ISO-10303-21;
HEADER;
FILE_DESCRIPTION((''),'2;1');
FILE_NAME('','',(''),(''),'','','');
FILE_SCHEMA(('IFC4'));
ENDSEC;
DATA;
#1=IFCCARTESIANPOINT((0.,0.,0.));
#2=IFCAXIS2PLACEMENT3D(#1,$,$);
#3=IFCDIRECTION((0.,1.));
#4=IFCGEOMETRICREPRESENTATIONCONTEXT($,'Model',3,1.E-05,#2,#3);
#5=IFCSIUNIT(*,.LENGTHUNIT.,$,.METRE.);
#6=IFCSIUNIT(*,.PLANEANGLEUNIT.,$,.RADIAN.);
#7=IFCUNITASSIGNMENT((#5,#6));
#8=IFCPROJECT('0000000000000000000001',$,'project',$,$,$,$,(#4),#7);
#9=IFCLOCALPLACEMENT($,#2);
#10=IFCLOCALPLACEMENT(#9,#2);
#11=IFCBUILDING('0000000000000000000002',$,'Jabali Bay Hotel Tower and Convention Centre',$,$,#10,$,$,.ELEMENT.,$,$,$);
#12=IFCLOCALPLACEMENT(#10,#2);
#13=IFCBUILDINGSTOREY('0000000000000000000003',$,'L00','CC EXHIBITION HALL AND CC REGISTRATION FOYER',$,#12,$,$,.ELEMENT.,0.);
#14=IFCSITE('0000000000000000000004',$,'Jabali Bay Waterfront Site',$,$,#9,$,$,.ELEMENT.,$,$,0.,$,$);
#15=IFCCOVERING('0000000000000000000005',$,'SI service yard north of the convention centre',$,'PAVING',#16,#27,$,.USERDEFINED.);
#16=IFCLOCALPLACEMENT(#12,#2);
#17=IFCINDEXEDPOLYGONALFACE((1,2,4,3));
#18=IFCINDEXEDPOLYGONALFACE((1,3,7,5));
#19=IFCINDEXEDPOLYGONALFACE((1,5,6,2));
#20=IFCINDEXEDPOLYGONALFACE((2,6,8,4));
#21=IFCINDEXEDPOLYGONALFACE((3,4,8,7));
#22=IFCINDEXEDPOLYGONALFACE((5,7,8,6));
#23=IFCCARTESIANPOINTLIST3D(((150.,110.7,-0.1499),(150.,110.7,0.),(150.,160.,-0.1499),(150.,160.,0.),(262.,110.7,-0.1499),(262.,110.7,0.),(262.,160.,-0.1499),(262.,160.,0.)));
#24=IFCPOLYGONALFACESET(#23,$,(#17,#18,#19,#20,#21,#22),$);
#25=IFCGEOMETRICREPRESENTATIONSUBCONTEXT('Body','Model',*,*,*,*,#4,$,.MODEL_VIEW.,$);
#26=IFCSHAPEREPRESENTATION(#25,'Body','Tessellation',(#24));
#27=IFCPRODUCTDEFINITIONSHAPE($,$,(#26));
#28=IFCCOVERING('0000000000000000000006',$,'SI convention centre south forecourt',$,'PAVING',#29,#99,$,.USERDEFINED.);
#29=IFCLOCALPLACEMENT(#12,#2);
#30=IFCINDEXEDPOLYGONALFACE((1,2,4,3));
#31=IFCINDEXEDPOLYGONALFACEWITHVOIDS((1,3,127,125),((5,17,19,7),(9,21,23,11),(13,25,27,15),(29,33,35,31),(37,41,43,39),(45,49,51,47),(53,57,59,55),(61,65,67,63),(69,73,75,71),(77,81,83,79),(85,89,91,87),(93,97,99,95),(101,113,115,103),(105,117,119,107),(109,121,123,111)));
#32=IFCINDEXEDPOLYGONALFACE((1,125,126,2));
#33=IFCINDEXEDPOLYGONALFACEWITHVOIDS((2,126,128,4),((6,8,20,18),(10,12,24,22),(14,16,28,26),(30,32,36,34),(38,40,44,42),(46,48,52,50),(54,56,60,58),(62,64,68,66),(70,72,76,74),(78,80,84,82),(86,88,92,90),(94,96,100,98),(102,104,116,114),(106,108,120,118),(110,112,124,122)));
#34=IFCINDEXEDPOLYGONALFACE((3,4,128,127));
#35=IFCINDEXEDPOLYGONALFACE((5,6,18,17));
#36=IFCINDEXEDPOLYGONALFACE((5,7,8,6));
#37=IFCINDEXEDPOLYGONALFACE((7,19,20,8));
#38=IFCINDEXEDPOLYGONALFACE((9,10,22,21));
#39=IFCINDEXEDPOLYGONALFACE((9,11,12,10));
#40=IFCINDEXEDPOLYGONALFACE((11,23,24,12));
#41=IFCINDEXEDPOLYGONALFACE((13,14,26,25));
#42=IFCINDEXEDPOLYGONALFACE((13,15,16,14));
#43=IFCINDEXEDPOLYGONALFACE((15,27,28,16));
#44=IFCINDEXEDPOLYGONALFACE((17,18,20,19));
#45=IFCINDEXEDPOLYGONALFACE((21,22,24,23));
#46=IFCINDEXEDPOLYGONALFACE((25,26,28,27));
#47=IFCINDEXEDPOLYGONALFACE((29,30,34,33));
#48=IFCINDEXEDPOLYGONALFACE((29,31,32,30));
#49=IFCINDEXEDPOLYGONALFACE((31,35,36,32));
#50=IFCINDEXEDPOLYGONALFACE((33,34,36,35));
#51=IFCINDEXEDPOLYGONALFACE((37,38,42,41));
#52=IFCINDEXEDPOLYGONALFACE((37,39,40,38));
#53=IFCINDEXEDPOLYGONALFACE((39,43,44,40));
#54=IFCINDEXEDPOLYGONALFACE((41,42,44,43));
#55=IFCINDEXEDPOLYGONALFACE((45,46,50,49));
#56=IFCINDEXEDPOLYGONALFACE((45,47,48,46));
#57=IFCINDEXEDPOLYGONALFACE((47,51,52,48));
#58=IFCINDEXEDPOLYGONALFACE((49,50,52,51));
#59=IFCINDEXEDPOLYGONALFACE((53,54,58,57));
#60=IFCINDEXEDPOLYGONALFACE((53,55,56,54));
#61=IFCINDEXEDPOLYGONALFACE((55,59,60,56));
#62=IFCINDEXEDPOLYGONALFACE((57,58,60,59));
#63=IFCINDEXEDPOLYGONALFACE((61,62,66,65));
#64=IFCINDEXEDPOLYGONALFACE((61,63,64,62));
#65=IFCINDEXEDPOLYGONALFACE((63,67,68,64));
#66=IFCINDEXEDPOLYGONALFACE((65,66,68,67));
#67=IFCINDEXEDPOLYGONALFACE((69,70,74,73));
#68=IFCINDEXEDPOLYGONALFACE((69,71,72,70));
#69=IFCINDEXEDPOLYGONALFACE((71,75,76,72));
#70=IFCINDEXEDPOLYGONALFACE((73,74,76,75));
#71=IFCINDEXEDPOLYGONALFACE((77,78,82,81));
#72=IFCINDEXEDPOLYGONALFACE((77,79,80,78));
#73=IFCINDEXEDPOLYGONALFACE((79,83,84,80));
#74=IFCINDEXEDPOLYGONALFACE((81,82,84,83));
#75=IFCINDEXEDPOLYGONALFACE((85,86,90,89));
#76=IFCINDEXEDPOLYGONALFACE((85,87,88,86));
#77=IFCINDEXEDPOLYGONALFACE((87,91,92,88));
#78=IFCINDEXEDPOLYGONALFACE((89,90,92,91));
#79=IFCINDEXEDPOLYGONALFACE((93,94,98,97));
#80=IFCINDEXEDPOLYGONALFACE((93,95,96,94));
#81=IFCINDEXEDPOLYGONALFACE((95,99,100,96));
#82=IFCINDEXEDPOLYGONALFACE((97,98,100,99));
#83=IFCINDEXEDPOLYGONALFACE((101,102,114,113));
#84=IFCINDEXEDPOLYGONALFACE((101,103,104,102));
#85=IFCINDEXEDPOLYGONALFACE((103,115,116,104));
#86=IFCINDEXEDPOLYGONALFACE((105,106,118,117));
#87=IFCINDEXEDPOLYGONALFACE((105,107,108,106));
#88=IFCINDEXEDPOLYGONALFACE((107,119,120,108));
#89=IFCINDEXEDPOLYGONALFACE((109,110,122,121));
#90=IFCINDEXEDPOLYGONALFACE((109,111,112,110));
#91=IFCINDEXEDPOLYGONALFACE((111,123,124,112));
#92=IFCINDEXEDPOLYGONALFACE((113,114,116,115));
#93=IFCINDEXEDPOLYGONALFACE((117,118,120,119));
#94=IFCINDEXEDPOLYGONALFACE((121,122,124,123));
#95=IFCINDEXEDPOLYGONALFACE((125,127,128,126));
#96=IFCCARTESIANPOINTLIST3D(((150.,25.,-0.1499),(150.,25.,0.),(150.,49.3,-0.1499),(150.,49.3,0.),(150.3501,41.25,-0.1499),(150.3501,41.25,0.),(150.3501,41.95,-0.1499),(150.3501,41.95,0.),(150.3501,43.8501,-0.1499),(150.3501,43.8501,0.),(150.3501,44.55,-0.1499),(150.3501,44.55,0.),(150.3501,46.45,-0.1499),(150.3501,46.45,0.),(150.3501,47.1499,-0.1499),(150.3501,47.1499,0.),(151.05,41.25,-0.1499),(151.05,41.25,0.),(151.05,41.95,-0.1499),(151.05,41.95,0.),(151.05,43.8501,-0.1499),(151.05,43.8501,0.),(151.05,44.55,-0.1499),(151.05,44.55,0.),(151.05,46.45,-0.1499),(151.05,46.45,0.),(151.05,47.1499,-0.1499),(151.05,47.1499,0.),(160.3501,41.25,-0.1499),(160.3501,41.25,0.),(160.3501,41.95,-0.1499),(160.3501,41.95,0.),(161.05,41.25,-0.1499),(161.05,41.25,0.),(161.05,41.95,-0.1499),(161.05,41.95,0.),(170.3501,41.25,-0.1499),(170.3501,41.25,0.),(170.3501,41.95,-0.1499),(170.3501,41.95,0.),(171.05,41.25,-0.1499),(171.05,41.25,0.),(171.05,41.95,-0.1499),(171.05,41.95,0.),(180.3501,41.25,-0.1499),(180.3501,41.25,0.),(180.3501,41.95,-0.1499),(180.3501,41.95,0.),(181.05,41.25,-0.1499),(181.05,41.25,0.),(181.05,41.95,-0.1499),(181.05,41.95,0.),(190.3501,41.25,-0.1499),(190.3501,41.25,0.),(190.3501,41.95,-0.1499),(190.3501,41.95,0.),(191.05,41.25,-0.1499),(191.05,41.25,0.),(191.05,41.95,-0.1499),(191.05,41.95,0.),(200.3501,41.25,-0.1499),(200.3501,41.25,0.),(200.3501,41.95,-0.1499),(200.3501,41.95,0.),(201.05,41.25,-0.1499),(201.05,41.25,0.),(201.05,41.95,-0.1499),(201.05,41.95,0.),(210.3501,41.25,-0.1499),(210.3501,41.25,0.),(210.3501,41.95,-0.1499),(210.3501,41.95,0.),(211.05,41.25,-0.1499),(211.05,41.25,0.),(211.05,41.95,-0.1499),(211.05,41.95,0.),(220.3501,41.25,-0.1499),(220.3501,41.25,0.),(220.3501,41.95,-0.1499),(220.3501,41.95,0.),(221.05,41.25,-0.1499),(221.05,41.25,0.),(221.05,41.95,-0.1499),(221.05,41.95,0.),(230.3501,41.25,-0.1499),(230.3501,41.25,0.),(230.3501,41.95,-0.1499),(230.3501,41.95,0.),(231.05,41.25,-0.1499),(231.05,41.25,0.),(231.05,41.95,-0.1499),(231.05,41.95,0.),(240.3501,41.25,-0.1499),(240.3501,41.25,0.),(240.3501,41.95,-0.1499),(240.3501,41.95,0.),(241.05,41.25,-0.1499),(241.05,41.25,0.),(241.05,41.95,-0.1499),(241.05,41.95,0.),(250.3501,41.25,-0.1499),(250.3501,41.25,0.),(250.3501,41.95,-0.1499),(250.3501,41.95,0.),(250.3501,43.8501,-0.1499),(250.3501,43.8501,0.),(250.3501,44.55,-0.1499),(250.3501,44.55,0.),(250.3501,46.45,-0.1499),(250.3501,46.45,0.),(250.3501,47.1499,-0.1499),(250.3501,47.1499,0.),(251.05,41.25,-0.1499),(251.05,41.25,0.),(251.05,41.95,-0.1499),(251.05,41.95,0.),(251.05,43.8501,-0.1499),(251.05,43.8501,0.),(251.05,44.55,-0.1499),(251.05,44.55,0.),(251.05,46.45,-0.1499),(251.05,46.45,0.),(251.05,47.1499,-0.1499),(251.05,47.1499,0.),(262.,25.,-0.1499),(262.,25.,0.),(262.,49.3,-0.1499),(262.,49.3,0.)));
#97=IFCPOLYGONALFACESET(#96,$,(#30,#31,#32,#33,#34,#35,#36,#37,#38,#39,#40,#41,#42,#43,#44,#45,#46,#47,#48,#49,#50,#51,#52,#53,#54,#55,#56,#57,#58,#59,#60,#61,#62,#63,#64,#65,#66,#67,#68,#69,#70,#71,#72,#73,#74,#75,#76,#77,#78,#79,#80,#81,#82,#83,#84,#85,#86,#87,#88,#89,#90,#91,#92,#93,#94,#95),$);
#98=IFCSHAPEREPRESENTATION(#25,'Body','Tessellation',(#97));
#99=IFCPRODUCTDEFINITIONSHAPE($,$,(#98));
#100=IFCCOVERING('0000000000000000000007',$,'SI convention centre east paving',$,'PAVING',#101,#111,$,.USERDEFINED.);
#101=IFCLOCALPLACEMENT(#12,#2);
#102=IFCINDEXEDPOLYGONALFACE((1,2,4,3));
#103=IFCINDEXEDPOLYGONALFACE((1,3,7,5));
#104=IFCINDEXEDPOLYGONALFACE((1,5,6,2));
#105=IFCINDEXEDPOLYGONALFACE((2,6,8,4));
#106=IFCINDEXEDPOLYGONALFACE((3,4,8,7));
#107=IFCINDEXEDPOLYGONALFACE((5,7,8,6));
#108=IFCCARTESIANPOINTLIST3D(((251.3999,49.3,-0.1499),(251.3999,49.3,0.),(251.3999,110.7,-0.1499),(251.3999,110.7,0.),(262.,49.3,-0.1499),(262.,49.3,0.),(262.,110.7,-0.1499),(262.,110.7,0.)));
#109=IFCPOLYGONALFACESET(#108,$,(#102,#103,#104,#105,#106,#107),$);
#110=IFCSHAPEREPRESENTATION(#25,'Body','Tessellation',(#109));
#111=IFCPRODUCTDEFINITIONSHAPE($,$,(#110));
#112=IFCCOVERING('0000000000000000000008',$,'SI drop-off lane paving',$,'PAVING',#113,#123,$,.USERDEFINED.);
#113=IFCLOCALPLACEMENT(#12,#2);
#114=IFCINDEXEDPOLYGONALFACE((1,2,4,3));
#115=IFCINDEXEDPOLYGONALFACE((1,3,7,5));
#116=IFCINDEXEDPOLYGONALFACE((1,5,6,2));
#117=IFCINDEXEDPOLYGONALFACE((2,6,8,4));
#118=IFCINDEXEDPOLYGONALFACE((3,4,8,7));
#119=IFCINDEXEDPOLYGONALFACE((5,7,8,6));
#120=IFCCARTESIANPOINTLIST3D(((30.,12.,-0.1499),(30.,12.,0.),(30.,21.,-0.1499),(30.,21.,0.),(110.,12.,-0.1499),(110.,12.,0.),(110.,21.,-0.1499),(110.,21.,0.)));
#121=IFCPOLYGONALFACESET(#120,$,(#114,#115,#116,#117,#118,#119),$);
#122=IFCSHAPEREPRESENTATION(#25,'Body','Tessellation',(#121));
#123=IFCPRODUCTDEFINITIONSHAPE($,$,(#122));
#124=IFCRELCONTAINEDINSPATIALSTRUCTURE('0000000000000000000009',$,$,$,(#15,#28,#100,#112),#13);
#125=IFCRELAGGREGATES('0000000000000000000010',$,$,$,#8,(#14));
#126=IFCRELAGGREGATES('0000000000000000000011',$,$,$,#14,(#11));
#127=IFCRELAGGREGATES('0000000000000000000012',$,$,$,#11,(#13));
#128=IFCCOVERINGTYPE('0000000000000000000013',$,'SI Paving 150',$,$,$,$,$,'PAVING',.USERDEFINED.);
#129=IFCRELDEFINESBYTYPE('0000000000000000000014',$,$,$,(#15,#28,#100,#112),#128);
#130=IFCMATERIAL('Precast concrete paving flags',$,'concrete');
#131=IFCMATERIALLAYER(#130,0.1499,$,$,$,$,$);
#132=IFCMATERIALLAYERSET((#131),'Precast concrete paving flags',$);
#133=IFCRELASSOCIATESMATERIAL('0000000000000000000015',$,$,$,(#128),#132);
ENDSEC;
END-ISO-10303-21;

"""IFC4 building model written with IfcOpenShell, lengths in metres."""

from ifc_helpers import new_model, si_unit, direction, frame, origin, place, context, subcontext, project, spatial, polyline, outline, extrude, material, layer, layer_set, type_object, element, save


model = new_model("IFC4")

# Units and contexts
model_context = context("Model", 3, precision=1e-05, world=origin(), true_north=direction((0.0, 1.0)))
body_context = subcontext(model_context, "Body", "Model", "MODEL_VIEW")
ifc_project = project(units=[si_unit("LENGTHUNIT", "METRE"), si_unit("PLANEANGLEUNIT", "RADIAN")], contexts=[model_context])

# Site, building, storey
site_placement = place(None, origin())
site = spatial("IfcSite", under=ifc_project, at=site_placement, Name="Jabali Bay Waterfront Site", CompositionType="ELEMENT", RefElevation=0.0)
building_placement = place(site_placement, origin())
building = spatial("IfcBuilding", under=site, at=building_placement, Name="Jabali Bay Hotel Tower and Convention Centre", CompositionType="ELEMENT")
storey_placement = place(building_placement, origin())
storey = spatial("IfcBuildingStorey", under=building, at=storey_placement, Name="L00", Description="CC EXHIBITION HALL AND CC REGISTRATION FOYER", CompositionType="ELEMENT", Elevation=0.0)

# Coverings
ifc_material_1 = material(Name="Precast concrete paving flags", Category="concrete")
ifc_layer_1 = layer(ifc_material_1, 0.1499)
ifc_layer_set_1 = layer_set([ifc_layer_1], Name="Precast concrete paving flags")
covering_type_1 = type_object("IfcCoveringType", Name="SI Paving 150", ElementType="PAVING", PredefinedType="USERDEFINED", material=ifc_layer_set_1)
covering_1_placement = place(storey_placement, frame((0.0, 0.0, -0.1499)))
element("IfcCovering", 1, at=covering_1_placement, inside=storey, type_object=covering_type_1, Name="SI service yard north of the convention centre", ObjectType="PAVING", PredefinedType="USERDEFINED", context=body_context, shape_type="SweptSolid", body=[
    extrude(outline(polyline([(262.0, 110.7), (262.0, 160.0), (150.0, 160.0), (150.0, 110.7), (262.0, 110.7)])), origin(), (0.0, 0.0, 1.0), 0.1499),
])
covering_2_placement = place(storey_placement, frame((0.0, 0.0, -0.1499)))
element("IfcCovering", 2, at=covering_2_placement, inside=storey, type_object=covering_type_1, Name="SI convention centre south forecourt", ObjectType="PAVING", PredefinedType="USERDEFINED", context=body_context, shape_type="SweptSolid", body=[
    extrude(outline(polyline([(150.0, 25.0), (262.0, 25.0), (262.0, 49.3), (150.0, 49.3), (150.0, 25.0)]), holes=[polyline([(150.3501, 41.95), (151.05, 41.95), (151.05, 41.25), (150.3501, 41.25), (150.3501, 41.95)]), polyline([(161.05, 41.95), (161.05, 41.25), (160.3501, 41.25), (160.3501, 41.95), (161.05, 41.95)]), polyline([(171.05, 41.95), (171.05, 41.25), (170.3501, 41.25), (170.3501, 41.95), (171.05, 41.95)]), polyline([(181.05, 41.95), (181.05, 41.25), (180.3501, 41.25), (180.3501, 41.95), (181.05, 41.95)]), polyline([(191.05, 41.95), (191.05, 41.25), (190.3501, 41.25), (190.3501, 41.95), (191.05, 41.95)]), polyline([(201.05, 41.95), (201.05, 41.25), (200.3501, 41.25), (200.3501, 41.95), (201.05, 41.95)]), polyline([(151.05, 44.55), (151.05, 43.8501), (150.3501, 43.8501), (150.3501, 44.55), (151.05, 44.55)]), polyline([(151.05, 47.1499), (151.05, 46.45), (150.3501, 46.45), (150.3501, 47.1499), (151.05, 47.1499)]), polyline([(211.05, 41.95), (211.05, 41.25), (210.3501, 41.25), (210.3501, 41.95), (211.05, 41.95)]), polyline([(221.05, 41.95), (221.05, 41.25), (220.3501, 41.25), (220.3501, 41.95), (221.05, 41.95)]), polyline([(231.05, 41.95), (231.05, 41.25), (230.3501, 41.25), (230.3501, 41.95), (231.05, 41.95)]), polyline([(241.05, 41.95), (241.05, 41.25), (240.3501, 41.25), (240.3501, 41.95), (241.05, 41.95)]), polyline([(251.05, 41.95), (251.05, 41.25), (250.3501, 41.25), (250.3501, 41.95), (251.05, 41.95)]), polyline([(251.05, 44.55), (251.05, 43.8501), (250.3501, 43.8501), (250.3501, 44.55), (251.05, 44.55)]), polyline([(251.05, 47.1499), (251.05, 46.45), (250.3501, 46.45), (250.3501, 47.1499), (251.05, 47.1499)])]), origin(), (0.0, 0.0, 1.0), 0.1499),
])
covering_3_placement = place(storey_placement, frame((0.0, 0.0, -0.1499)))
element("IfcCovering", 3, at=covering_3_placement, inside=storey, type_object=covering_type_1, Name="SI convention centre east paving", ObjectType="PAVING", PredefinedType="USERDEFINED", context=body_context, shape_type="SweptSolid", body=[
    extrude(outline(polyline([(262.0, 49.3), (262.0, 110.7), (251.3999, 110.7), (251.3999, 49.3), (262.0, 49.3)])), origin(), (0.0, 0.0, 1.0), 0.1499),
])
covering_4_placement = place(storey_placement, frame((0.0, 0.0, -0.1499)))
element("IfcCovering", 4, at=covering_4_placement, inside=storey, type_object=covering_type_1, Name="SI drop-off lane paving", ObjectType="PAVING", PredefinedType="USERDEFINED", context=body_context, shape_type="SweptSolid", body=[
    extrude(outline(polyline([(110.0, 12.0), (110.0, 21.0), (30.0, 21.0), (30.0, 12.0), (110.0, 12.0)])), origin(), (0.0, 0.0, 1.0), 0.1499),
])

save(model, "model.ifc")
